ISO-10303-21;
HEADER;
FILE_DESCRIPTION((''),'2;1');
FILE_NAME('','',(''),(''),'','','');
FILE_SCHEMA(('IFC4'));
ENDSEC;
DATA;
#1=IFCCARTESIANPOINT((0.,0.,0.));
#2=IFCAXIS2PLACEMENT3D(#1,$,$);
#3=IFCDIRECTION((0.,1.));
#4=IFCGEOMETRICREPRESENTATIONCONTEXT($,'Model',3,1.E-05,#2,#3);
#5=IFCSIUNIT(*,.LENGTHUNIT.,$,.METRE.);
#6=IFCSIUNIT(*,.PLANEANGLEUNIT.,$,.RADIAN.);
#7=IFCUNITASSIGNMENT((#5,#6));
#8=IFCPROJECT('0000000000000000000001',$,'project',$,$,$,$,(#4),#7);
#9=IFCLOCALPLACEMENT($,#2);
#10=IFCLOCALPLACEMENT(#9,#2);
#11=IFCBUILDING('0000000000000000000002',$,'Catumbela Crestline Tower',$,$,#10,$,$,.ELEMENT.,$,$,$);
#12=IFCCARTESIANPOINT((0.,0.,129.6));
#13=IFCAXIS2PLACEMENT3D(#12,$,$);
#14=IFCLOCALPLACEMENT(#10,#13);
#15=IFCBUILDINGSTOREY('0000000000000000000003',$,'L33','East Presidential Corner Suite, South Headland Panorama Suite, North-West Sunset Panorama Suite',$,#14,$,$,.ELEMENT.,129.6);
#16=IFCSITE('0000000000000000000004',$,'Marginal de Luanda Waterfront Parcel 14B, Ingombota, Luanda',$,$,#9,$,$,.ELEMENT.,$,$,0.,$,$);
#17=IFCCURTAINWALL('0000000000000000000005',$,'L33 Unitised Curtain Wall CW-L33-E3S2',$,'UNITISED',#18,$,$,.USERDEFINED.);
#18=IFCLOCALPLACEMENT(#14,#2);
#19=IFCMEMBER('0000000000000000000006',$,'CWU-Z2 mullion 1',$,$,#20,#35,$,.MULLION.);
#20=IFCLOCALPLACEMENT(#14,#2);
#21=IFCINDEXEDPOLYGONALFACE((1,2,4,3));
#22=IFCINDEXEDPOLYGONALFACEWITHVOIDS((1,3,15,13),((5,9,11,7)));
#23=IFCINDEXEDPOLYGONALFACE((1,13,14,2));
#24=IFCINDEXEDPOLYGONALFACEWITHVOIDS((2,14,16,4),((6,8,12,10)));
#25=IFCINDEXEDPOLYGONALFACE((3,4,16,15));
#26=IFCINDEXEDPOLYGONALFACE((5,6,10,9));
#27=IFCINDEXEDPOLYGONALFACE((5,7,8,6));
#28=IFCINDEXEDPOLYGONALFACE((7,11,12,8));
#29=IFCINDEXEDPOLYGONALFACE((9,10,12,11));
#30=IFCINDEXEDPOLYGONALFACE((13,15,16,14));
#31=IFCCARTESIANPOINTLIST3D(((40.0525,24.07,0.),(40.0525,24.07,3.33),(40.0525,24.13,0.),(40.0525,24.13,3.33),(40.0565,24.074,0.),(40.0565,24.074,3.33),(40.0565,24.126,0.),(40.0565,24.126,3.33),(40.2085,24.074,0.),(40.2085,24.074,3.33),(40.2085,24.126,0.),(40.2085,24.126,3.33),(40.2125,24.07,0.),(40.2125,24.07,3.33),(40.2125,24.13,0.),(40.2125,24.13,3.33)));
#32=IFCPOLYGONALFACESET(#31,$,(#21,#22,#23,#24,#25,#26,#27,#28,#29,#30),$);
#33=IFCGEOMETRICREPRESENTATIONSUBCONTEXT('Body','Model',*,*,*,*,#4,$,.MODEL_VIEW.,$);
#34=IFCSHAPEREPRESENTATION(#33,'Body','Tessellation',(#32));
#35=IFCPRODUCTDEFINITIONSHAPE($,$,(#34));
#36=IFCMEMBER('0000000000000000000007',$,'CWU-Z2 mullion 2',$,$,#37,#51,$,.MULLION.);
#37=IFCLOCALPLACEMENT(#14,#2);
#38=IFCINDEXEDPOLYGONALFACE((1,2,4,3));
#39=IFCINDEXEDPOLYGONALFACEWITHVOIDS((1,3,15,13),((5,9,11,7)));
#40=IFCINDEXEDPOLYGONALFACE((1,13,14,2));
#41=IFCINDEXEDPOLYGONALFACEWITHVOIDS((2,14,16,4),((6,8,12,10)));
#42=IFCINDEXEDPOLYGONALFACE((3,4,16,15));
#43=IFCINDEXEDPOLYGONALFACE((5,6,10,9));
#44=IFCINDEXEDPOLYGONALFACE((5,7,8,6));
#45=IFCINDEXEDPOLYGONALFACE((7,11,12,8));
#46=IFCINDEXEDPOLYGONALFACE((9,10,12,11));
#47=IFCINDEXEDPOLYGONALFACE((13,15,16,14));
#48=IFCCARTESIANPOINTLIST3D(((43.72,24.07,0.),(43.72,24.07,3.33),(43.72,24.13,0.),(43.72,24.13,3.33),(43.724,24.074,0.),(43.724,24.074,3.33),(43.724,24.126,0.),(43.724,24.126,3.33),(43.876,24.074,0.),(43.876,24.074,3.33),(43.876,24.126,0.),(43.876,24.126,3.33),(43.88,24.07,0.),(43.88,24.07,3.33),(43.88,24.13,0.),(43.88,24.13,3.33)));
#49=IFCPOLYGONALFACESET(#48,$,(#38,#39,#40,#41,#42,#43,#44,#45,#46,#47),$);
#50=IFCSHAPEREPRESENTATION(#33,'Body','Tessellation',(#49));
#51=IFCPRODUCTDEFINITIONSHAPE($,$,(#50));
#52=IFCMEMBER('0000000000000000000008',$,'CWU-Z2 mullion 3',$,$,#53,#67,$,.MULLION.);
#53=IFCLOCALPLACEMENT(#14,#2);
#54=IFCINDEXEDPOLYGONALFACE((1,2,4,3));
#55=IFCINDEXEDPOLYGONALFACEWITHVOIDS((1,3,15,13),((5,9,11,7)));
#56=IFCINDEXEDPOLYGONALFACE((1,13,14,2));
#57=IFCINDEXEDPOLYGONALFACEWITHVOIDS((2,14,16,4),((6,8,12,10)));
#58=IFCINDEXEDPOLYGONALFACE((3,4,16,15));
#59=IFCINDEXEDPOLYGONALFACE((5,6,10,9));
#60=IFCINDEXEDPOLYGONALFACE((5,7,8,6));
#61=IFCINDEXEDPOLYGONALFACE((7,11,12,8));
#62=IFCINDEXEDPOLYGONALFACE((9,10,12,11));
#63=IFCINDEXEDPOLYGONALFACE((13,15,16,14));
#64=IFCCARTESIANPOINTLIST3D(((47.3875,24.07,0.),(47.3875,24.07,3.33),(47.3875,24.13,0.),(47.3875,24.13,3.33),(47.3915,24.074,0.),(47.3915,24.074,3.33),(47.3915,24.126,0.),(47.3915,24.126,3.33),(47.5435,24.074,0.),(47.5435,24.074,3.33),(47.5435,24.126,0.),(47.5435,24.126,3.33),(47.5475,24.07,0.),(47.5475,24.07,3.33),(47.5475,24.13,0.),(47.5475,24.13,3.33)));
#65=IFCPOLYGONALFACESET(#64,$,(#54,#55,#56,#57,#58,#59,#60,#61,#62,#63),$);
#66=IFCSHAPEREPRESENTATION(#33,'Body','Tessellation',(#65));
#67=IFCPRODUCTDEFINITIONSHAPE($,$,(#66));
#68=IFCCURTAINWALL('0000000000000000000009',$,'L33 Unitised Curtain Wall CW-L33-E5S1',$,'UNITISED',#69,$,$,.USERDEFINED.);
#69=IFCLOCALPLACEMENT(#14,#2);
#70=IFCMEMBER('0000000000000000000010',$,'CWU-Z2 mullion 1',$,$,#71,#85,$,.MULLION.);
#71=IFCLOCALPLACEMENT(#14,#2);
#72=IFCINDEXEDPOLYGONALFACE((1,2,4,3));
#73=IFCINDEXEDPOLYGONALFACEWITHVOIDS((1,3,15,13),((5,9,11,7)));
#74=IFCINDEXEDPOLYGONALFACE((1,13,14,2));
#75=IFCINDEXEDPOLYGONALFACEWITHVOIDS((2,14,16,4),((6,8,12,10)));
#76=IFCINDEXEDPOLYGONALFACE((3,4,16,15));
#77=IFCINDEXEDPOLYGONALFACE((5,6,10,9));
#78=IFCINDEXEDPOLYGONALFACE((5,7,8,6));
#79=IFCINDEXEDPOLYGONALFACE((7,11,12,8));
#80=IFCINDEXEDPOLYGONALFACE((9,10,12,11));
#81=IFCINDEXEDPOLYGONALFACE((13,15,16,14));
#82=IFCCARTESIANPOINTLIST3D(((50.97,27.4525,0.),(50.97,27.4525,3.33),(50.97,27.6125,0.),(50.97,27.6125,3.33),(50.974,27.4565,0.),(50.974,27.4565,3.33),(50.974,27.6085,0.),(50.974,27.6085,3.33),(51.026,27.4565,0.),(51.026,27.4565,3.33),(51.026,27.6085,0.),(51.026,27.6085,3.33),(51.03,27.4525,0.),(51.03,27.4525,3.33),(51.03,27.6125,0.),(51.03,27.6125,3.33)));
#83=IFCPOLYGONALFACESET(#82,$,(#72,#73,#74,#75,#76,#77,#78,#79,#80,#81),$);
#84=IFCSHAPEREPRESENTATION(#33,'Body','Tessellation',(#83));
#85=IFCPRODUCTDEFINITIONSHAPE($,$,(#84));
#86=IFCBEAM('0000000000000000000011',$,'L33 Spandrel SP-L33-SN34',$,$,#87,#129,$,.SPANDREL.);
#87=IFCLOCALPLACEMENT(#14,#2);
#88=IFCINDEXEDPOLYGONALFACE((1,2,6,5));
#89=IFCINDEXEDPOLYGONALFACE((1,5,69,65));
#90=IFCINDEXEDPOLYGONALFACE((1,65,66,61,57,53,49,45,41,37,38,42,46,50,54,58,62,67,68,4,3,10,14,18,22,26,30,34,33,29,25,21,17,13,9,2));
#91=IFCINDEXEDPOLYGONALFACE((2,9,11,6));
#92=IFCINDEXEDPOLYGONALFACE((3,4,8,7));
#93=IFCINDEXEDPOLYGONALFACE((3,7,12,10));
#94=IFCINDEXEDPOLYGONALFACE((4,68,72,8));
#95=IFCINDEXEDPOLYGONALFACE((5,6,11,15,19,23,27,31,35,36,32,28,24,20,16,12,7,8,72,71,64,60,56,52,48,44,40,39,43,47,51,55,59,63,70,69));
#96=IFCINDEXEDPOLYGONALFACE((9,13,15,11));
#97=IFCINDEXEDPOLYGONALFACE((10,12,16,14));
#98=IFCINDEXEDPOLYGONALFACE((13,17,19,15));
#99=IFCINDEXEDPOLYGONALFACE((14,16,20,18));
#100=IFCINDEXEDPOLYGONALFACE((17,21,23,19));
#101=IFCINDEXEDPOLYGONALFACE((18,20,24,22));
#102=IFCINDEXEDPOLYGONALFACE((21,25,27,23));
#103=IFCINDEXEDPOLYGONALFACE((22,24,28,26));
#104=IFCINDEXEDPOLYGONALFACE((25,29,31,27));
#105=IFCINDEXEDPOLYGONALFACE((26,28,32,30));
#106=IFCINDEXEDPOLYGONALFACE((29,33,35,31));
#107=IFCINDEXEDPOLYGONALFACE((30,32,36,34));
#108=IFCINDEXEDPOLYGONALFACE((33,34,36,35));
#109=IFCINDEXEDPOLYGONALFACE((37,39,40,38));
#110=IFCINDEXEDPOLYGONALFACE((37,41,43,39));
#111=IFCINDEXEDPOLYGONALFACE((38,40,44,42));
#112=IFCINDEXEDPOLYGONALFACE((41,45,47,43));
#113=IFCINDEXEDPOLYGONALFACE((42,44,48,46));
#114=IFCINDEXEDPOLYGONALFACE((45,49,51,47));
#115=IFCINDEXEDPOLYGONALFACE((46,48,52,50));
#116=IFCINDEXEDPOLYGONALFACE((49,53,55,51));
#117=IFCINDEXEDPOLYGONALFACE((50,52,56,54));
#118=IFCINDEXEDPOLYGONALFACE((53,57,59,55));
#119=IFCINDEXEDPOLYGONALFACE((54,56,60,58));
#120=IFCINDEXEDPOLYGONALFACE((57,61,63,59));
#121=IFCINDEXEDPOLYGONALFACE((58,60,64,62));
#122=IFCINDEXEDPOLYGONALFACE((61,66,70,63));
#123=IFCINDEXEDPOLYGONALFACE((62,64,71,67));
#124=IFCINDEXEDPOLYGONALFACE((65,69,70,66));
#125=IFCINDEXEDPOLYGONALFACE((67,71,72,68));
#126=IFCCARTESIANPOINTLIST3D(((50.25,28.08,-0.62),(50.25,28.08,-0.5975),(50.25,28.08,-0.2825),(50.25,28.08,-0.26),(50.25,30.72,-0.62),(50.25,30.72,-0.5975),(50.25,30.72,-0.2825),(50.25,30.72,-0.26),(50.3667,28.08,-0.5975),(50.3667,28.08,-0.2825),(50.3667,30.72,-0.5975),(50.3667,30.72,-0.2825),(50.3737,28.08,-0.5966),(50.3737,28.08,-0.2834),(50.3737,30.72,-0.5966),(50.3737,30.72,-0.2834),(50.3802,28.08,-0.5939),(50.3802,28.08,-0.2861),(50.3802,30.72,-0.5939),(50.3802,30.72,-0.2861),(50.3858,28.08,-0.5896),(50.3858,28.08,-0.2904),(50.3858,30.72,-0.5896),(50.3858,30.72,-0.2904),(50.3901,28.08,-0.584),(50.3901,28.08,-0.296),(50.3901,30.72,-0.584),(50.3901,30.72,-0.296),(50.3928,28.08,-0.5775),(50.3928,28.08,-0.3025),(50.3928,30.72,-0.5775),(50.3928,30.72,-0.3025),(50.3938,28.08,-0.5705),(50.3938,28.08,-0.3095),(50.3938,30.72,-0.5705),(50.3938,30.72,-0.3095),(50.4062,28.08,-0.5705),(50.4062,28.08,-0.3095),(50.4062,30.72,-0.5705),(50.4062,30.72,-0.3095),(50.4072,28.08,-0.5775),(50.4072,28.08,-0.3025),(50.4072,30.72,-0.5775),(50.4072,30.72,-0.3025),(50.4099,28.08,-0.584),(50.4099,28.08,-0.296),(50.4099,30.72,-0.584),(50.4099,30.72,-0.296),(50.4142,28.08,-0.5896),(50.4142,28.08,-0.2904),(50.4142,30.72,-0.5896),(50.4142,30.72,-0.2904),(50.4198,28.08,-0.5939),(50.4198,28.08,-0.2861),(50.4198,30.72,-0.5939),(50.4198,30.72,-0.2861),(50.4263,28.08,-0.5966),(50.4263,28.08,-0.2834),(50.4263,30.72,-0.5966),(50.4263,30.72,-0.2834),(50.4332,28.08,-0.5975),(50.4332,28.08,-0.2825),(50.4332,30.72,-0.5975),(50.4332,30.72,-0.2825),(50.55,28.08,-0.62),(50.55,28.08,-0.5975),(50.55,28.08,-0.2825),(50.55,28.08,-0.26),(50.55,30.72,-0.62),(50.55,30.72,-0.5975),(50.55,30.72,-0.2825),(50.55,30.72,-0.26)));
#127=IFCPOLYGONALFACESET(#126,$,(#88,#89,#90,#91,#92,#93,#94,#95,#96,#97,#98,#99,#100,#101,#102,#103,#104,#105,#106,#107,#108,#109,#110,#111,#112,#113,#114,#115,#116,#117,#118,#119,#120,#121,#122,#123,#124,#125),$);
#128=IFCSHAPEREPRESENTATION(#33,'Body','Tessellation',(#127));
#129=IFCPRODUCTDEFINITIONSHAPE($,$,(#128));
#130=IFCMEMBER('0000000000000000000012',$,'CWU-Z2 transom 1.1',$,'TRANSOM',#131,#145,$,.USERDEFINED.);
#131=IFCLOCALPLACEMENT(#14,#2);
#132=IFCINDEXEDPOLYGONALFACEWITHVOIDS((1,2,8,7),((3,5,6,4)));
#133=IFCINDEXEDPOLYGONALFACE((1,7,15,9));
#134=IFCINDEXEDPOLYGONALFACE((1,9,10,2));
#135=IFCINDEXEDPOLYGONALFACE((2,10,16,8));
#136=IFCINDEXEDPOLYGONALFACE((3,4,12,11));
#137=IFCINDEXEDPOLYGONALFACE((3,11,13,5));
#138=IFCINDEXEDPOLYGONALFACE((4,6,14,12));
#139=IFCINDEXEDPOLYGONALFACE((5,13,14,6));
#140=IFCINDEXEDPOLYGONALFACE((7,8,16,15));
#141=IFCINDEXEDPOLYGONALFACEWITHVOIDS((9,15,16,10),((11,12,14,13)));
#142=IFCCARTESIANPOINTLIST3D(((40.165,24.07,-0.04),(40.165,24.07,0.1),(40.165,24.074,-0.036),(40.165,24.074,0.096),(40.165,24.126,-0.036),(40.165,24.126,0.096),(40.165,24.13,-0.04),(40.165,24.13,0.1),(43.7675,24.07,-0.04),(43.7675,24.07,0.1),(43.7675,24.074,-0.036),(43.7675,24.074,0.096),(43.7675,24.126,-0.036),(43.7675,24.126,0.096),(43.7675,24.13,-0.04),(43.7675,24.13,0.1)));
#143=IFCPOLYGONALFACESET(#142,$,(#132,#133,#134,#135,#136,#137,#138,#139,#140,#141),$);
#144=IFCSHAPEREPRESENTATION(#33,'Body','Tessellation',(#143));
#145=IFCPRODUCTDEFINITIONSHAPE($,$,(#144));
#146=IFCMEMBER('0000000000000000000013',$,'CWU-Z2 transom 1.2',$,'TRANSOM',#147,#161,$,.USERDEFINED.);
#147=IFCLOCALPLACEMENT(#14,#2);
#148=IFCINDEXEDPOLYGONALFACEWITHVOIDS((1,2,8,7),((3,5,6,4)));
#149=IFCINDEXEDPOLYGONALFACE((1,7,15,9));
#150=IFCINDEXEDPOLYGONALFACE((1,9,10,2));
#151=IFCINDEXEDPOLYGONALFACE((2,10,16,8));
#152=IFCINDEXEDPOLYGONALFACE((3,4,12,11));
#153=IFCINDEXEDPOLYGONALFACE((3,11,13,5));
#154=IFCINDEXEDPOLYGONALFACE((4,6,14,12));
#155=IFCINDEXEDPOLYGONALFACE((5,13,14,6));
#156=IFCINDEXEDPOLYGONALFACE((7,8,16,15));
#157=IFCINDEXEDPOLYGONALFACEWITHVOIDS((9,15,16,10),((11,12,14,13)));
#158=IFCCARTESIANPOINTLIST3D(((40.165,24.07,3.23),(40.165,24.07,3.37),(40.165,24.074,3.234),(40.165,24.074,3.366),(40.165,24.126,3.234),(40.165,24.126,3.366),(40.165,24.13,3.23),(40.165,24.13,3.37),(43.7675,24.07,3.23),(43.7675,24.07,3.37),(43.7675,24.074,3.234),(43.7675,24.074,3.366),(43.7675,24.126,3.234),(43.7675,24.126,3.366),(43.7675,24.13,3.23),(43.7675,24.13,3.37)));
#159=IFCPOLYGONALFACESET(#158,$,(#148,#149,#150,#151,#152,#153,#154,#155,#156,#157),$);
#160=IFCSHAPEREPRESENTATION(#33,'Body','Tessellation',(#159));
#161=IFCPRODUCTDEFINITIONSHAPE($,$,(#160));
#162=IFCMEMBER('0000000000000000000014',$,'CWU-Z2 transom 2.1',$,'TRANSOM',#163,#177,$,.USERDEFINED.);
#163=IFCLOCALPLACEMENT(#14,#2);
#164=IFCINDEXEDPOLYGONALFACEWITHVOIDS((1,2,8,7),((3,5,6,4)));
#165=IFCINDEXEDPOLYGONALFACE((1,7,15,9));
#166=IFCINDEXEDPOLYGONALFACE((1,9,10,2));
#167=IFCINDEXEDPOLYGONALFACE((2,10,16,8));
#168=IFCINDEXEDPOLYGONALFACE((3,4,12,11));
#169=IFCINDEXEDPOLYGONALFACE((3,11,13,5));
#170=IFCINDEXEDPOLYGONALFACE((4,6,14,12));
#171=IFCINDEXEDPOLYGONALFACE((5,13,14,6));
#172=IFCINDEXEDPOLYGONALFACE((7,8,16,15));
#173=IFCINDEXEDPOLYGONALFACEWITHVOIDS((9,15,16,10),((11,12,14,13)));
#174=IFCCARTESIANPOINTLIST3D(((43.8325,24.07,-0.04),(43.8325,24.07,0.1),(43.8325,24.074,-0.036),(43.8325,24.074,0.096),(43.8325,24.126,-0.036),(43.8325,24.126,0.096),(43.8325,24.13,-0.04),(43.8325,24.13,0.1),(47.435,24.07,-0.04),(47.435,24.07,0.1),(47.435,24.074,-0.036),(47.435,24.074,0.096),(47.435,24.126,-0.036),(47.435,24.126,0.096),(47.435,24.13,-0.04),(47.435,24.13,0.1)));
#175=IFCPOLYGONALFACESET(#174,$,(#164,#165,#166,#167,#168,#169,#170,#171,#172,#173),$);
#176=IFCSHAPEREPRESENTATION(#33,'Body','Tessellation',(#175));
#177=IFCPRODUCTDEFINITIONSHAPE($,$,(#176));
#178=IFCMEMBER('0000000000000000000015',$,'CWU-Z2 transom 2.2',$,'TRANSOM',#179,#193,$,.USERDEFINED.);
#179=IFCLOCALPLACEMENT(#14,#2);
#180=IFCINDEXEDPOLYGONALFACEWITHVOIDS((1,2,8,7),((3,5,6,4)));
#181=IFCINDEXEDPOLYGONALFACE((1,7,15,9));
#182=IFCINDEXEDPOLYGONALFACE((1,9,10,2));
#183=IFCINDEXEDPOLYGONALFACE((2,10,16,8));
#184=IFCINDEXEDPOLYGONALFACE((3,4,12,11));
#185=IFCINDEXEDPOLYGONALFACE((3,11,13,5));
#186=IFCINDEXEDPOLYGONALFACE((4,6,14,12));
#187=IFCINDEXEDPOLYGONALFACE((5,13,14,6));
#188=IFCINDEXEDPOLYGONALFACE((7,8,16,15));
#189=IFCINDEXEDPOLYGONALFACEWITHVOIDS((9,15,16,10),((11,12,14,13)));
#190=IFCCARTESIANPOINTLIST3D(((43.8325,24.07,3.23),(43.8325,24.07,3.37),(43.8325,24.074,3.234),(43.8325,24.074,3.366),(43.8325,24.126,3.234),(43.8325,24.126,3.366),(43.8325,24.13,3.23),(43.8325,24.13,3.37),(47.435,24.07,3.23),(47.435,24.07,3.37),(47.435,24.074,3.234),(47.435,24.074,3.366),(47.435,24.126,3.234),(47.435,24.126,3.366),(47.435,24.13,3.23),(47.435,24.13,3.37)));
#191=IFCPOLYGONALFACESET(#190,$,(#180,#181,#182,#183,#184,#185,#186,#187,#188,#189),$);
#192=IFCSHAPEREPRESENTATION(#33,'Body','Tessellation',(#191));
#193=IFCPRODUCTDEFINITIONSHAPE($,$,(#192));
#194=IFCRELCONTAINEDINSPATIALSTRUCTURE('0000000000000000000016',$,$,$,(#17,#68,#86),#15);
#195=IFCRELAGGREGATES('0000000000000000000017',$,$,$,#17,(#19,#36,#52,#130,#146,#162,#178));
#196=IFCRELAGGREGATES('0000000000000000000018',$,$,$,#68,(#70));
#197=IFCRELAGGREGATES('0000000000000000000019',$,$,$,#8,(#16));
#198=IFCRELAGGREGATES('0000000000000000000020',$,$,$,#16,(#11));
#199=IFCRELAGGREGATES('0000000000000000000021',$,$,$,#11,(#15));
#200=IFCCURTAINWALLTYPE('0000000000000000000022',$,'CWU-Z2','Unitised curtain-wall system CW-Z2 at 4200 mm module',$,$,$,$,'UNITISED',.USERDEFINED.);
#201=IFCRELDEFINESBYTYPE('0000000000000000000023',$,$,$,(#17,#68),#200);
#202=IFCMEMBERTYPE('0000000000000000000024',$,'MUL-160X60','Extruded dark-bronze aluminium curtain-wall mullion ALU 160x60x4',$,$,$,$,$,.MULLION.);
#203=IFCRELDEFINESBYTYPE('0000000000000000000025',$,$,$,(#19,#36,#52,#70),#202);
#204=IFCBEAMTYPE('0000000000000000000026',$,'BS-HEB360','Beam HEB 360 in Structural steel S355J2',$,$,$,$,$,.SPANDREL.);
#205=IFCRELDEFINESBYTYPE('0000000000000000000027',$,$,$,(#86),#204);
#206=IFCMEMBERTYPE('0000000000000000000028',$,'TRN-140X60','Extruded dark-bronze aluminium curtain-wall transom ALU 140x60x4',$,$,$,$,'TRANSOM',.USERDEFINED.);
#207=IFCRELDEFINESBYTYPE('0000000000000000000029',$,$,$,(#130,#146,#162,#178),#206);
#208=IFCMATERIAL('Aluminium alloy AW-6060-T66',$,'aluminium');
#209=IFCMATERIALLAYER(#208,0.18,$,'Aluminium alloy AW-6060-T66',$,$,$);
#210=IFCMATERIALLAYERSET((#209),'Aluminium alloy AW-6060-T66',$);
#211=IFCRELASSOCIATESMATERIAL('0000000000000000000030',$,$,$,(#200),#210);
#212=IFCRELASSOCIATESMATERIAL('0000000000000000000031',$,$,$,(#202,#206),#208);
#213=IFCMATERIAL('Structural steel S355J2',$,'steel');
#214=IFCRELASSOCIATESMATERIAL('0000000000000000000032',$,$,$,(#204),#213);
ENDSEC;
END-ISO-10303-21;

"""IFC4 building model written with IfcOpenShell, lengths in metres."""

from ifc_helpers import new_model, si_unit, direction, frame, origin, origin_2d, place, context, subcontext, project, spatial, hollow_rectangle, i_section, extrude, material, layer, layer_set, material_profile, profile_set, type_object, element, aggregate, save


model = new_model("IFC4")

# Units and contexts
model_context = context("Model", 3, precision=1e-05, world=origin(), true_north=direction((0.0, 1.0)))
body_context = subcontext(model_context, "Body", "Model", "MODEL_VIEW")
ifc_project = project(units=[si_unit("LENGTHUNIT", "METRE"), si_unit("PLANEANGLEUNIT", "RADIAN")], contexts=[model_context])

# Site, building, storey
site_placement = place(None, origin())
site = spatial("IfcSite", under=ifc_project, at=site_placement, Name="Marginal de Luanda Waterfront Parcel 14B, Ingombota, Luanda", CompositionType="ELEMENT", RefElevation=0.0)
building_placement = place(site_placement, origin())
building = spatial("IfcBuilding", under=site, at=building_placement, Name="Catumbela Crestline Tower", CompositionType="ELEMENT")
storey_placement = place(building_placement, frame((0.0, 0.0, 129.6)))
storey = spatial("IfcBuildingStorey", under=building, at=storey_placement, Name="L33", Description="East Presidential Corner Suite, South Headland Panorama Suite, North-West Sunset Panorama Suite", CompositionType="ELEMENT", Elevation=129.6)

# Shared definitions
ifc_material_1 = material(Name="Structural steel S355J2", Category="steel")

# Curtain wall, members
ifc_material_2 = material(Name="Aluminium alloy AW-6060-T66", Category="aluminium")
ifc_layer_1 = layer(ifc_material_2, 0.18, Name="Aluminium alloy AW-6060-T66")
ifc_layer_set_1 = layer_set([ifc_layer_1], Name="Aluminium alloy AW-6060-T66")
curtain_wall_type = type_object("IfcCurtainWallType", Name="CWU-Z2", Description="Unitised curtain-wall system CW-Z2 at 4200 mm module", ElementType="UNITISED", PredefinedType="USERDEFINED", material=ifc_layer_set_1)
curtain_wall_1_placement = place(storey_placement, origin())
curtain_wall_1 = element("IfcCurtainWall", 1, at=curtain_wall_1_placement, inside=storey, type_object=curtain_wall_type, Name="L33 Unitised Curtain Wall CW-L33-E3S2", ObjectType="UNITISED", PredefinedType="USERDEFINED")
ifc_material_profile_1 = material_profile(ifc_material_2, hollow_rectangle(XDim=0.06, YDim=0.16, WallThickness=0.004, at=origin_2d()), Name="ALU 160x60x4")
ifc_profile_set_1 = profile_set([ifc_material_profile_1], Name="Aluminium alloy AW-6060-T66")
member_type_1 = type_object("IfcMemberType", Name="MUL-160X60", Description="Extruded dark-bronze aluminium curtain-wall mullion ALU 160x60x4", PredefinedType="MULLION", material=ifc_profile_set_1)
member_1_placement = place(storey_placement, frame((40.1325, 24.1, 0.0), z_axis=(0.0, 0.0, 1.0), x_axis=(0.0, 1.0, 0.0)))
member_1 = element("IfcMember", 2, at=member_1_placement, type_object=member_type_1, Name="CWU-Z2 mullion 1", PredefinedType="MULLION", context=body_context, shape_type="SweptSolid", body=[
    extrude(hollow_rectangle(XDim=0.06, YDim=0.16, WallThickness=0.004, at=origin_2d()), origin(), (0.0, 0.0, 1.0), 3.33),
])
member_2_placement = place(storey_placement, frame((43.8, 24.1, 0.0), z_axis=(0.0, 0.0, 1.0), x_axis=(0.0, 1.0, 0.0)))
member_2 = element("IfcMember", 3, at=member_2_placement, type_object=member_type_1, Name="CWU-Z2 mullion 2", PredefinedType="MULLION", context=body_context, shape_type="SweptSolid", body=[
    extrude(hollow_rectangle(XDim=0.06, YDim=0.16, WallThickness=0.004, at=origin_2d()), origin(), (0.0, 0.0, 1.0), 3.33),
])
member_3_placement = place(storey_placement, frame((47.4675, 24.1, 0.0), z_axis=(0.0, 0.0, 1.0), x_axis=(0.0, 1.0, 0.0)))
member_3 = element("IfcMember", 4, at=member_3_placement, type_object=member_type_1, Name="CWU-Z2 mullion 3", PredefinedType="MULLION", context=body_context, shape_type="SweptSolid", body=[
    extrude(hollow_rectangle(XDim=0.06, YDim=0.16, WallThickness=0.004, at=origin_2d()), origin(), (0.0, 0.0, 1.0), 3.33),
])

# Curtain wall, member
curtain_wall_2_placement = place(storey_placement, origin())
curtain_wall_2 = element("IfcCurtainWall", 5, at=curtain_wall_2_placement, inside=storey, type_object=curtain_wall_type, Name="L33 Unitised Curtain Wall CW-L33-E5S1", ObjectType="UNITISED", PredefinedType="USERDEFINED")
member_4_placement = place(storey_placement, frame((51.0, 27.5325, 0.0), z_axis=(0.0, 0.0, 1.0), x_axis=(-1.0, 0.0, 0.0)))
member_4 = element("IfcMember", 6, at=member_4_placement, type_object=member_type_1, Name="CWU-Z2 mullion 1", PredefinedType="MULLION", context=body_context, shape_type="SweptSolid", body=[
    extrude(hollow_rectangle(XDim=0.06, YDim=0.16, WallThickness=0.004, at=origin_2d()), origin(), (0.0, 0.0, 1.0), 3.33),
])

# Beam
ifc_material_profile_2 = material_profile(ifc_material_1, i_section(OverallWidth=0.3, OverallDepth=0.36, WebThickness=0.0125, FlangeThickness=0.0225, FilletRadius=0.027, at=origin_2d()), Name="HEB 360")
ifc_profile_set_2 = profile_set([ifc_material_profile_2], Name="Structural steel S355J2")
beam_type_1 = type_object("IfcBeamType", Name="BS-HEB360", Description="Beam HEB 360 in Structural steel S355J2", PredefinedType="SPANDREL", material=ifc_profile_set_2)
beam_1_placement = place(storey_placement, frame((50.4, 28.08, -0.44), z_axis=(0.0, 1.0, 0.0), x_axis=(-1.0, 0.0, 0.0)))
element("IfcBeam", 7, at=beam_1_placement, inside=storey, type_object=beam_type_1, Name="L33 Spandrel SP-L33-SN34", PredefinedType="SPANDREL", context=body_context, shape_type="SweptSolid", body=[
    extrude(i_section(OverallWidth=0.3, OverallDepth=0.36, WebThickness=0.0125, FlangeThickness=0.0225, FilletRadius=0.027, at=origin_2d()), origin(), (0.0, 0.0, 1.0), 2.64),
])

# Members
ifc_material_profile_3 = material_profile(ifc_material_2, hollow_rectangle(XDim=0.06, YDim=0.14, WallThickness=0.004, at=origin_2d()), Name="ALU 140x60x4")
ifc_profile_set_3 = profile_set([ifc_material_profile_3], Name="Aluminium alloy AW-6060-T66")
member_type_2 = type_object("IfcMemberType", Name="TRN-140X60", Description="Extruded dark-bronze aluminium curtain-wall transom ALU 140x60x4", ElementType="TRANSOM", PredefinedType="USERDEFINED", material=ifc_profile_set_3)
member_5_placement = place(storey_placement, frame((40.165, 24.1, 0.03), z_axis=(1.0, 0.0, 0.0), x_axis=(0.0, 1.0, 0.0)))
member_5 = element("IfcMember", 8, at=member_5_placement, type_object=member_type_2, Name="CWU-Z2 transom 1.1", ObjectType="TRANSOM", PredefinedType="USERDEFINED", context=body_context, shape_type="SweptSolid", body=[
    extrude(hollow_rectangle(XDim=0.06, YDim=0.14, WallThickness=0.004, at=origin_2d()), origin(), (0.0, 0.0, 1.0), 3.6025),
])
member_6_placement = place(storey_placement, frame((40.165, 24.1, 3.3), z_axis=(1.0, 0.0, 0.0), x_axis=(0.0, 1.0, 0.0)))
member_6 = element("IfcMember", 9, at=member_6_placement, type_object=member_type_2, Name="CWU-Z2 transom 1.2", ObjectType="TRANSOM", PredefinedType="USERDEFINED", context=body_context, shape_type="SweptSolid", body=[
    extrude(hollow_rectangle(XDim=0.06, YDim=0.14, WallThickness=0.004, at=origin_2d()), origin(), (0.0, 0.0, 1.0), 3.6025),
])
member_7_placement = place(storey_placement, frame((43.8325, 24.1, 0.03), z_axis=(1.0, 0.0, 0.0), x_axis=(0.0, 1.0, 0.0)))
member_7 = element("IfcMember", 10, at=member_7_placement, type_object=member_type_2, Name="CWU-Z2 transom 2.1", ObjectType="TRANSOM", PredefinedType="USERDEFINED", context=body_context, shape_type="SweptSolid", body=[
    extrude(hollow_rectangle(XDim=0.06, YDim=0.14, WallThickness=0.004, at=origin_2d()), origin(), (0.0, 0.0, 1.0), 3.6025),
])
member_8_placement = place(storey_placement, frame((43.8325, 24.1, 3.3), z_axis=(1.0, 0.0, 0.0), x_axis=(0.0, 1.0, 0.0)))
member_8 = element("IfcMember", 11, at=member_8_placement, type_object=member_type_2, Name="CWU-Z2 transom 2.2", ObjectType="TRANSOM", PredefinedType="USERDEFINED", context=body_context, shape_type="SweptSolid", body=[
    extrude(hollow_rectangle(XDim=0.06, YDim=0.14, WallThickness=0.004, at=origin_2d()), origin(), (0.0, 0.0, 1.0), 3.6025),
])

aggregate(curtain_wall_1, [member_1, member_2, member_3, member_5, member_6, member_7, member_8])
aggregate(curtain_wall_2, [member_4])

save(model, "model.ifc")
